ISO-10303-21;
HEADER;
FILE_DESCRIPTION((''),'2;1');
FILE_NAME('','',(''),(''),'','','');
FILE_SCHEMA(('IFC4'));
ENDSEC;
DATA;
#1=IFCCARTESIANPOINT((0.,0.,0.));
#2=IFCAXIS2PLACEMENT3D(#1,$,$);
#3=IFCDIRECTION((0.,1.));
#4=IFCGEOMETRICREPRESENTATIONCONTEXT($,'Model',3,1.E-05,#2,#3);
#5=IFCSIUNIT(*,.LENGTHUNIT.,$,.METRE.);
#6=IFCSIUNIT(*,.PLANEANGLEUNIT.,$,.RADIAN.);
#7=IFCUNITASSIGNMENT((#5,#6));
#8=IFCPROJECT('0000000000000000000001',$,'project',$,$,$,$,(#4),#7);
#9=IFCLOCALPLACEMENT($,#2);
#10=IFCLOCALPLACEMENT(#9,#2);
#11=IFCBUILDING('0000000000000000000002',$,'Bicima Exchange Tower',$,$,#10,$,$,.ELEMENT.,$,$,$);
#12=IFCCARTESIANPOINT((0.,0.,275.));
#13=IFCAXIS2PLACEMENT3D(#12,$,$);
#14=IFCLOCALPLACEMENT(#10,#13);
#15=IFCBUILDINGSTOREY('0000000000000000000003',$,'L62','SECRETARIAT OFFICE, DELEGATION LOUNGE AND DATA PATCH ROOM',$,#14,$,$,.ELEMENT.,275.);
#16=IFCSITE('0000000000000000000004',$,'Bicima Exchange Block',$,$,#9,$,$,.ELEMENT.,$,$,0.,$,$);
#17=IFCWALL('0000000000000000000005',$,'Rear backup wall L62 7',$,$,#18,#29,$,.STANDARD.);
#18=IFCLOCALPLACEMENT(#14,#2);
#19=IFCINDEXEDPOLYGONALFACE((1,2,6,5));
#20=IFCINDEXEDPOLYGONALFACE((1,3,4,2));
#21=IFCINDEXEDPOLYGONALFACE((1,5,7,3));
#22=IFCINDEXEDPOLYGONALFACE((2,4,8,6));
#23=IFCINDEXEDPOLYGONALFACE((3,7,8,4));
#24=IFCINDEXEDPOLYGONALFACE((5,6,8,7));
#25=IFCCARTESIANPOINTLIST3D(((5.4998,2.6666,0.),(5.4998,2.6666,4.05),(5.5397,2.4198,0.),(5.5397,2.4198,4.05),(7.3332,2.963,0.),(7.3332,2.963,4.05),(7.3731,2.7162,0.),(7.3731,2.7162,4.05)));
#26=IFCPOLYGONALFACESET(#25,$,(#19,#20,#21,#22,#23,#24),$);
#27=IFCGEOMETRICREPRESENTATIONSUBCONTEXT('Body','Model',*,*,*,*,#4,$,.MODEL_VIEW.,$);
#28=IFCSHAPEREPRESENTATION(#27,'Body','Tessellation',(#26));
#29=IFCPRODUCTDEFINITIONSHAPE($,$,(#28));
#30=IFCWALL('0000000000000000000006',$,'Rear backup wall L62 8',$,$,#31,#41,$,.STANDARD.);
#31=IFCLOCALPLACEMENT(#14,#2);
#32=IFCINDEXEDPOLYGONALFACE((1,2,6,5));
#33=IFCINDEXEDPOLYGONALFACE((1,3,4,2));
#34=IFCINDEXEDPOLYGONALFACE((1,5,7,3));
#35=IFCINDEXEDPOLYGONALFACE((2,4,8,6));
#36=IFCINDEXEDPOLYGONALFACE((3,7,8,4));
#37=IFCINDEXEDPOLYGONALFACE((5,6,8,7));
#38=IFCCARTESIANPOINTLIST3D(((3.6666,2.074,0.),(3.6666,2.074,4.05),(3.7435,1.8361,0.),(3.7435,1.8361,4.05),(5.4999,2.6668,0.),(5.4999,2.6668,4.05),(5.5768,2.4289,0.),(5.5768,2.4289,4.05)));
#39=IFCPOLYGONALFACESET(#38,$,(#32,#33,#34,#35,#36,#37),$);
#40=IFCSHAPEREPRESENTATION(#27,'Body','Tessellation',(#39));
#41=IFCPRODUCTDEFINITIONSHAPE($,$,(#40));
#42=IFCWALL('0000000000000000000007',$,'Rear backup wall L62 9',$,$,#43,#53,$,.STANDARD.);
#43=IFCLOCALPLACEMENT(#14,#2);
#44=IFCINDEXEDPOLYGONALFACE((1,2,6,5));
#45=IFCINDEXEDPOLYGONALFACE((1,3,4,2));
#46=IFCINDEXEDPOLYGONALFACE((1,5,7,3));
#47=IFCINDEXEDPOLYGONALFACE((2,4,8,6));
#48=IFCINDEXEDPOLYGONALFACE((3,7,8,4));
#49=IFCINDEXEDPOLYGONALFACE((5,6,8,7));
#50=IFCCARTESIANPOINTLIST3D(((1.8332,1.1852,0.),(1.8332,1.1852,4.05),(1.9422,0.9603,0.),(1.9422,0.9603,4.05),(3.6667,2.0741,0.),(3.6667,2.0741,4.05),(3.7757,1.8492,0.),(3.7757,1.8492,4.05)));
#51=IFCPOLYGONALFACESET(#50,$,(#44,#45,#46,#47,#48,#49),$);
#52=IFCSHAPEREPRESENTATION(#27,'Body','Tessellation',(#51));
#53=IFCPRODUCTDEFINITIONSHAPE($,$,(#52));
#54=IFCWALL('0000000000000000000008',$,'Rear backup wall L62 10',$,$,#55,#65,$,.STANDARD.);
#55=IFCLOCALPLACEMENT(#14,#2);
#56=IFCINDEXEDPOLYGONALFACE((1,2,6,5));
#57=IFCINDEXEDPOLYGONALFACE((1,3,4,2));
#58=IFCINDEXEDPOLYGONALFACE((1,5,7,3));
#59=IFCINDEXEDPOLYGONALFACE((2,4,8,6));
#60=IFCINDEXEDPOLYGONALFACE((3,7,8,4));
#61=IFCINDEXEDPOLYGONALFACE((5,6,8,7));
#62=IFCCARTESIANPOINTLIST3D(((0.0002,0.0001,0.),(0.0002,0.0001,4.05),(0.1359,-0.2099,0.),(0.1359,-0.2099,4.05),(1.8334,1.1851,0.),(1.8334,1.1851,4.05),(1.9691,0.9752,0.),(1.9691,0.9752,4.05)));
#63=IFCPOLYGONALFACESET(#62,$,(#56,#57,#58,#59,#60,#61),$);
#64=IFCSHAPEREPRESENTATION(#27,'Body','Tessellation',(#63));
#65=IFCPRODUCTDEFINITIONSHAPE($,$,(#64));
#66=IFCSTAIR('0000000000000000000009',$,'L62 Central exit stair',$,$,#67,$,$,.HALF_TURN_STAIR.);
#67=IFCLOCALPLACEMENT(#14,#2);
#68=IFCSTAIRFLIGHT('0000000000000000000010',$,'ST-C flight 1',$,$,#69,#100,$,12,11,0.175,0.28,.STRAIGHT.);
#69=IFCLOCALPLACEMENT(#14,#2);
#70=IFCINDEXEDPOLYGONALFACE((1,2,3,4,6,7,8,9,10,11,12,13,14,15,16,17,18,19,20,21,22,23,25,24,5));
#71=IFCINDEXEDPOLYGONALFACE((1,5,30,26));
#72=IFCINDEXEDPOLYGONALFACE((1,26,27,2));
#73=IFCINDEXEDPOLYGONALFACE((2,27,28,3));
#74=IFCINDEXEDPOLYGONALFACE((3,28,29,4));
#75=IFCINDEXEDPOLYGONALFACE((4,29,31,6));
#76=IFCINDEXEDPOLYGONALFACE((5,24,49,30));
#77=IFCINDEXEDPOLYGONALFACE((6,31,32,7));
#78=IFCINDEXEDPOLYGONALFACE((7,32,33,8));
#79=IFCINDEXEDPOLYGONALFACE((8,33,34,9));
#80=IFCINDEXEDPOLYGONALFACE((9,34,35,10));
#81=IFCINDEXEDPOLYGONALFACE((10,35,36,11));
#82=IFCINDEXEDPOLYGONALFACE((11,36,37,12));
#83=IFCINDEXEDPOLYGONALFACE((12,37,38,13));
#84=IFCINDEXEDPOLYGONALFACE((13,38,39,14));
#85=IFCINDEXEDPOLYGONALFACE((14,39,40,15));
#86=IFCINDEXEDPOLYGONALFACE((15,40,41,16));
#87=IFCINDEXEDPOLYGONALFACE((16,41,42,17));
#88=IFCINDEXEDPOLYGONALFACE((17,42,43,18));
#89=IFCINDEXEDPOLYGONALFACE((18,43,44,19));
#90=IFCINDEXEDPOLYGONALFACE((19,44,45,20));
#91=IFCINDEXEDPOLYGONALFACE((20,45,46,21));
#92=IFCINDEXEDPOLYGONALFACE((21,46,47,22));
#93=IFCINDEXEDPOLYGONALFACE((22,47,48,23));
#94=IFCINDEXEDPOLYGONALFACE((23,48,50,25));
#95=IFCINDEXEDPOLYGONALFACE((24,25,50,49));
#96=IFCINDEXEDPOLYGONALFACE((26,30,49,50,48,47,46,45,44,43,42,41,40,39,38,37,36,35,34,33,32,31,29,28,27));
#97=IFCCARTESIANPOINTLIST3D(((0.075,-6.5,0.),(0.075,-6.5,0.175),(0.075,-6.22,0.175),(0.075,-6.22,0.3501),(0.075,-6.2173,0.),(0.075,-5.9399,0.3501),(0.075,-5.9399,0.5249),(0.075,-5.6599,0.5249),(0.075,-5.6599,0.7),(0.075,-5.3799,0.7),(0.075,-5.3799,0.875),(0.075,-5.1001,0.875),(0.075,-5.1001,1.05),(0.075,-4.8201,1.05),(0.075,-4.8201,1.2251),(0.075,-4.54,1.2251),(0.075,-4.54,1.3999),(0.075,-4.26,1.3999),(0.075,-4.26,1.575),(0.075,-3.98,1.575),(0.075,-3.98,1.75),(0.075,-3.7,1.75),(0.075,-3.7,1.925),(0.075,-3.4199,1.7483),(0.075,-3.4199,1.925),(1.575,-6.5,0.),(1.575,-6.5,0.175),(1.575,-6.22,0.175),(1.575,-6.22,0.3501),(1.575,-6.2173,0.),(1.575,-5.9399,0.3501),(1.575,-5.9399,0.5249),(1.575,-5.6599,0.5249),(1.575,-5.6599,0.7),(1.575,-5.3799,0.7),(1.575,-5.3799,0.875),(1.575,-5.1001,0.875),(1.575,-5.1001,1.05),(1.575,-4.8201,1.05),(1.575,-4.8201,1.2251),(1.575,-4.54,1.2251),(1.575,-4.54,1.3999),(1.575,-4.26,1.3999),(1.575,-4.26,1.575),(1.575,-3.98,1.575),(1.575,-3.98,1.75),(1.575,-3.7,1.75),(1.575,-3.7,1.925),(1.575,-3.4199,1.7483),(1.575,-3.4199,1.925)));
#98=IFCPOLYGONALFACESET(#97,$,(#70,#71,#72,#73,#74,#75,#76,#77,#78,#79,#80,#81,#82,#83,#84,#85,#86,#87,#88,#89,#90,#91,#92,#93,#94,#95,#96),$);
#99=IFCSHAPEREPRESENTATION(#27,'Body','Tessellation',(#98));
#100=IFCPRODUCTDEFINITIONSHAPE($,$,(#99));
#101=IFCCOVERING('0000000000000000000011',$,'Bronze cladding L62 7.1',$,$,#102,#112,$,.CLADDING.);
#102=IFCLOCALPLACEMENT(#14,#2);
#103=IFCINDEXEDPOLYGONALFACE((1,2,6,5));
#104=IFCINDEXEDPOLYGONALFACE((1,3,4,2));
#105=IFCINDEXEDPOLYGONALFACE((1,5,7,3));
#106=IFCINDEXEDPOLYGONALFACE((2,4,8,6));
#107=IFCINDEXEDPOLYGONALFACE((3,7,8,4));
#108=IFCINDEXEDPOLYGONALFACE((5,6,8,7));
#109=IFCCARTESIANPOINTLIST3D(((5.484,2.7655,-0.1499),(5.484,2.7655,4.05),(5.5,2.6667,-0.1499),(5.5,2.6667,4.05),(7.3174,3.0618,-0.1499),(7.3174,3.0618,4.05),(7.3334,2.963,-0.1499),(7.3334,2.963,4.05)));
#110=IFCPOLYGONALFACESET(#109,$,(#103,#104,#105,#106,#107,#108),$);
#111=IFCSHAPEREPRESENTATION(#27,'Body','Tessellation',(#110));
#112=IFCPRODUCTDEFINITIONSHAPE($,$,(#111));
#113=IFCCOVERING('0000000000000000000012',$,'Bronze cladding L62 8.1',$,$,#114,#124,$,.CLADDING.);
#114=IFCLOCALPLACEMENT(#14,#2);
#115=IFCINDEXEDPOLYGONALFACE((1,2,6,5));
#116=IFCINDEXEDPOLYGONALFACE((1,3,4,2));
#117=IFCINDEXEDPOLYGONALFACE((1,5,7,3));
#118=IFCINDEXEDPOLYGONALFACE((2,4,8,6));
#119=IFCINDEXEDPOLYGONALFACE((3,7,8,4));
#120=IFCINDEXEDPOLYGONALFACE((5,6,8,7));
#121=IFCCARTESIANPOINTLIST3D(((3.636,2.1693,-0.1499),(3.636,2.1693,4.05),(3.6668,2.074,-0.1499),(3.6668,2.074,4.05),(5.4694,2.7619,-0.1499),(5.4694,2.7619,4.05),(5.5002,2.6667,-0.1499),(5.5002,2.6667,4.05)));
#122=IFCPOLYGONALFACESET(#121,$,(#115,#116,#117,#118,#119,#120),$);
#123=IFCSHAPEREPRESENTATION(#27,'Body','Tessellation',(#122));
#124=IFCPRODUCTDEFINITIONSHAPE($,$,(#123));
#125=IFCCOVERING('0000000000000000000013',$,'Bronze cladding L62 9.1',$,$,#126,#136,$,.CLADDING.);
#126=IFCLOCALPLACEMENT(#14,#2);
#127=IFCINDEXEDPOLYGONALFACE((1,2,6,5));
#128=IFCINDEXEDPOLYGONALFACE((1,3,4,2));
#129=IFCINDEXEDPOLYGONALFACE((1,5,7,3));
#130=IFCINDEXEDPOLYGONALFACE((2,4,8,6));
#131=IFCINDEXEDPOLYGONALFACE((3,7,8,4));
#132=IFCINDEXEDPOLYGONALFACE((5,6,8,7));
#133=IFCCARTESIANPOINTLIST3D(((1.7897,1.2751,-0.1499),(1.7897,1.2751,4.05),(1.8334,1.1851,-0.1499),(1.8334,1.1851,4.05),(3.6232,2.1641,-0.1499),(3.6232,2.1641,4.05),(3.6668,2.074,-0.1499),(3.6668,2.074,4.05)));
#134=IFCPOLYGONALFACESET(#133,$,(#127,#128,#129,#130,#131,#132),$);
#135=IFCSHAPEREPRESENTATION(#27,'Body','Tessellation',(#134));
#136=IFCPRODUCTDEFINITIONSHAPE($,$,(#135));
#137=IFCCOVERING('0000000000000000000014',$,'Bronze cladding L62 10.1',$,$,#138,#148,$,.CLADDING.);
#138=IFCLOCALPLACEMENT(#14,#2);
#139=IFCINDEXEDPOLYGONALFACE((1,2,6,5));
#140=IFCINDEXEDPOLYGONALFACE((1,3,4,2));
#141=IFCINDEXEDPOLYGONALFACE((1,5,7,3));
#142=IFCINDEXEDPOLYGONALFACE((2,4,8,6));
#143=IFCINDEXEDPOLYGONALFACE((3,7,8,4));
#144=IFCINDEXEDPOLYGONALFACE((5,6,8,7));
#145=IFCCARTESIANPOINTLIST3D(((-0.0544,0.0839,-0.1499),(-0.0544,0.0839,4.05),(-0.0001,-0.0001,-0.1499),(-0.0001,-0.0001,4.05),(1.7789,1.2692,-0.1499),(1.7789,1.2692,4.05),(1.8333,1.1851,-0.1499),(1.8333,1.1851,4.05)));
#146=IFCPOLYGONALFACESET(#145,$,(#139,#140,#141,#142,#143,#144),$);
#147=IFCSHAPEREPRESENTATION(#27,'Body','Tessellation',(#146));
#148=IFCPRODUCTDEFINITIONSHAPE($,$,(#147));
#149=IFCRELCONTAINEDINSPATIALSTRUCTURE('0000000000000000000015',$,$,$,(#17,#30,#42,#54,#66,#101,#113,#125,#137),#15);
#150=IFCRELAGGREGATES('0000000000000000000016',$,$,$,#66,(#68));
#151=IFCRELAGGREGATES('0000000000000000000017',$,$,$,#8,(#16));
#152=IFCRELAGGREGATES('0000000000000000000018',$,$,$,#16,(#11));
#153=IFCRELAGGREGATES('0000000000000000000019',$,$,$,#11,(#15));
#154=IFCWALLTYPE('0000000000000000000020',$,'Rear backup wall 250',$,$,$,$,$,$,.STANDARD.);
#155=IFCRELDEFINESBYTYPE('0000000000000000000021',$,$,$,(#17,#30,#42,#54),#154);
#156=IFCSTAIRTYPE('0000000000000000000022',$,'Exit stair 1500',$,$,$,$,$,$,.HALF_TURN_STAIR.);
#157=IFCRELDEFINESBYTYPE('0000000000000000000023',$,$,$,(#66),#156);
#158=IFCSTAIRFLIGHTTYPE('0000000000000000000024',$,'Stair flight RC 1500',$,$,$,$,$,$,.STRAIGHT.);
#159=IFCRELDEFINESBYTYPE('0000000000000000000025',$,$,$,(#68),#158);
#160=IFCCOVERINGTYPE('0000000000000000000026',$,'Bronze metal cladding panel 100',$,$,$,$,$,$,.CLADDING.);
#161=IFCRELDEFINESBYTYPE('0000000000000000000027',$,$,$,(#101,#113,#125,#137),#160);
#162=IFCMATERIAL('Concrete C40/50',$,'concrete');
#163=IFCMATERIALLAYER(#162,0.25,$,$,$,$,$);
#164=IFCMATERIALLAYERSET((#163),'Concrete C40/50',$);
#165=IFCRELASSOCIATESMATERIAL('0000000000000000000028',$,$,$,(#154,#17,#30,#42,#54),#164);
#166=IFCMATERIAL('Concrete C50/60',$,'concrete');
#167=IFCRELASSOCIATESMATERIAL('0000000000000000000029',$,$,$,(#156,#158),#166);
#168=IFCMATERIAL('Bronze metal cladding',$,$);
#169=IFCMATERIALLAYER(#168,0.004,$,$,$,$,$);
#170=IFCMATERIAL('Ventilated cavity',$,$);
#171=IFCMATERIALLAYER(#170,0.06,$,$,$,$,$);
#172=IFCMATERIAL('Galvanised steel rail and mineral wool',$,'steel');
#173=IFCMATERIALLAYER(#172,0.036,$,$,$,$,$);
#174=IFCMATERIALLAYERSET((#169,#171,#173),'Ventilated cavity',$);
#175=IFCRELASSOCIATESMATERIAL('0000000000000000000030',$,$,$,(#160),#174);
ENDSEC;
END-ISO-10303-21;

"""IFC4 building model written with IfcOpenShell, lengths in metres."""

from ifc_helpers import new_model, si_unit, direction, frame, frame_2d, origin, origin_2d, place, context, subcontext, project, spatial, polyline, rectangle, outline, extrude, material, layer, layer_set, layer_usage, type_object, element, aggregate, save


model = new_model("IFC4")

# Units and contexts
model_context = context("Model", 3, precision=1e-05, world=origin(), true_north=direction((0.0, 1.0)))
body_context = subcontext(model_context, "Body", "Model", "MODEL_VIEW")
ifc_project = project(units=[si_unit("LENGTHUNIT", "METRE"), si_unit("PLANEANGLEUNIT", "RADIAN")], contexts=[model_context])

# Site, building, storey
site_placement = place(None, origin())
site = spatial("IfcSite", under=ifc_project, at=site_placement, Name="Bicima Exchange Block", CompositionType="ELEMENT", RefElevation=0.0)
building_placement = place(site_placement, origin())
building = spatial("IfcBuilding", under=site, at=building_placement, Name="Bicima Exchange Tower", CompositionType="ELEMENT")
storey_placement = place(building_placement, frame((0.0, 0.0, 275.0)))
storey = spatial("IfcBuildingStorey", under=building, at=storey_placement, Name="L62", Description="SECRETARIAT OFFICE, DELEGATION LOUNGE AND DATA PATCH ROOM", CompositionType="ELEMENT", Elevation=275.0)

# Shared definitions
ifc_material_1 = material(Name="Concrete C50/60", Category="concrete")

# Shared definitions
ifc_material_2 = material(Name="Concrete C40/50", Category="concrete")

# Walls
ifc_layer_1 = layer(ifc_material_2, 0.25)
ifc_layer_set_1 = layer_set([ifc_layer_1], Name="Concrete C40/50")
ifc_layer_usage = layer_usage(ifc_layer_set_1, "AXIS2", "POSITIVE", -0.125)
wall_type_1 = type_object("IfcWallType", Name="Rear backup wall 250", PredefinedType="STANDARD", material=ifc_layer_set_1)
wall_1_placement = place(storey_placement, frame((7.3533, 2.8396, 0.0), z_axis=(0.0, 0.0, 1.0), x_axis=(-0.987182, -0.1596, 0.0)))
element("IfcWall", 1, at=wall_1_placement, inside=storey, type_object=wall_type_1, material=ifc_layer_usage, Name="Rear backup wall L62 7", PredefinedType="STANDARD", context=body_context, shape_type="SweptSolid", body=[
    extrude(rectangle(XDim=1.8572, YDim=0.25, at=frame_2d((0.9287, 0.0))), origin(), (0.0, 0.0, 1.0), 4.05),
])
wall_2_placement = place(storey_placement, frame((5.5383, 2.5479, 0.0), z_axis=(0.0, 0.0, 1.0), x_axis=(-0.951496, -0.307662, 0.0)))
element("IfcWall", 2, at=wall_2_placement, inside=storey, type_object=wall_type_1, material=ifc_layer_usage, Name="Rear backup wall L62 8", PredefinedType="STANDARD", context=body_context, shape_type="SweptSolid", body=[
    extrude(rectangle(XDim=1.9268, YDim=0.25, at=frame_2d((0.9634, 0.0))), origin(), (0.0, 0.0, 1.0), 4.05),
])
wall_3_placement = place(storey_placement, frame((3.7212, 1.9617, 0.0), z_axis=(0.0, 0.0, 1.0), x_axis=(-0.899824, -0.436253, 0.0)))
element("IfcWall", 3, at=wall_3_placement, inside=storey, type_object=wall_type_1, material=ifc_layer_usage, Name="Rear backup wall L62 9", PredefinedType="STANDARD", context=body_context, shape_type="SweptSolid", body=[
    extrude(rectangle(XDim=2.0376, YDim=0.25, at=frame_2d((1.0188, 0.0))), origin(), (0.0, 0.0, 1.0), 4.05),
])
wall_4_placement = place(storey_placement, frame((1.9011, 1.0801, 0.0), z_axis=(0.0, 0.0, 1.0), x_axis=(-0.839813, -0.542876, 0.0)))
element("IfcWall", 4, at=wall_4_placement, inside=storey, type_object=wall_type_1, material=ifc_layer_usage, Name="Rear backup wall L62 10", PredefinedType="STANDARD", context=body_context, shape_type="SweptSolid", body=[
    extrude(rectangle(XDim=2.1829, YDim=0.25, at=frame_2d((1.0913, 0.0))), origin(), (0.0, 0.0, 1.0), 4.05),
])

# Stair, stair flight
stair_type_1 = type_object("IfcStairType", Name="Exit stair 1500", PredefinedType="HALF_TURN_STAIR", material=ifc_material_1)
stair_1_placement = place(storey_placement, origin())
stair_1 = element("IfcStair", 5, at=stair_1_placement, inside=storey, type_object=stair_type_1, Name="L62 Central exit stair", PredefinedType="HALF_TURN_STAIR")
stair_flight_type = type_object("IfcStairFlightType", Name="Stair flight RC 1500", PredefinedType="STRAIGHT", material=ifc_material_1)
stair_flight_placement = place(storey_placement, frame((0.825, -6.5, 0.0), z_axis=(0.0, 0.0, 1.0), x_axis=(0.0, 1.0, 0.0)))
stair_flight = element("IfcStairFlight", 6, at=stair_flight_placement, type_object=stair_flight_type, Name="ST-C flight 1", NumberOfRisers=12, NumberOfTreads=11, PredefinedType="STRAIGHT", RiserHeight=0.175, TreadLength=0.28, context=body_context, shape_type="SweptSolid", body=[
    extrude(outline(polyline([(0.0, 0.0), (0.0, 0.175), (0.28, 0.175), (0.28, 0.3501), (0.5601, 0.3501), (0.5601, 0.5249), (0.8401, 0.5249), (0.8401, 0.7), (1.1201, 0.7), (1.1201, 0.875), (1.3999, 0.875), (1.3999, 1.05), (1.6799, 1.05), (1.6799, 1.2251), (1.96, 1.2251), (1.96, 1.3999), (2.24, 1.3999), (2.24, 1.575), (2.52, 1.575), (2.52, 1.75), (2.8, 1.75), (2.8, 1.925), (3.0801, 1.925), (3.0801, 2.1001), (3.0801, 1.7483), (0.2827, 0.0), (0.0, 0.0)])), frame((0.0, 0.75, 0.0), z_axis=(0.0, -1.0, 0.0), x_axis=(1.0, 0.0, 0.0)), (0.0, 0.0, 1.0), 1.5),
])
aggregate(stair_1, [stair_flight])

# Coverings
ifc_material_3 = material(Name="Bronze metal cladding")
ifc_layer_2 = layer(ifc_material_3, 0.004)
ifc_material_4 = material(Name="Ventilated cavity")
ifc_layer_3 = layer(ifc_material_4, 0.06)
ifc_material_5 = material(Name="Galvanised steel rail and mineral wool", Category="steel")
ifc_layer_4 = layer(ifc_material_5, 0.036)
ifc_layer_set_2 = layer_set([ifc_layer_2, ifc_layer_3, ifc_layer_4], Name="Ventilated cavity")
covering_type = type_object("IfcCoveringType", Name="Bronze metal cladding panel 100", PredefinedType="CLADDING", material=ifc_layer_set_2)
covering_1_placement = place(storey_placement, frame((6.4087, 2.8643, -0.1499), z_axis=(0.0, 0.0, 1.0), x_axis=(-0.98719, -0.15955, 0.0)))
element("IfcCovering", 7, at=covering_1_placement, inside=storey, type_object=covering_type, Name="Bronze cladding L62 7.1", PredefinedType="CLADDING", context=body_context, shape_type="SweptSolid", body=[
    extrude(rectangle(XDim=1.8572, YDim=0.1001, at=origin_2d()), origin(), (0.0, 0.0, 1.0), 4.2),
])
covering_2_placement = place(storey_placement, frame((4.5681, 2.418, -0.1499), z_axis=(0.0, 0.0, 1.0), x_axis=(-0.951525, -0.307573, 0.0)))
element("IfcCovering", 8, at=covering_2_placement, inside=storey, type_object=covering_type, Name="Bronze cladding L62 8.1", PredefinedType="CLADDING", context=body_context, shape_type="SweptSolid", body=[
    extrude(rectangle(XDim=1.9268, YDim=0.1001, at=origin_2d()), origin(), (0.0, 0.0, 1.0), 4.2),
])
covering_3_placement = place(storey_placement, frame((2.7283, 1.6746, -0.1499), z_axis=(0.0, 0.0, 1.0), x_axis=(-0.899818, -0.436265, 0.0)))
element("IfcCovering", 9, at=covering_3_placement, inside=storey, type_object=covering_type, Name="Bronze cladding L62 9.1", PredefinedType="CLADDING", context=body_context, shape_type="SweptSolid", body=[
    extrude(rectangle(XDim=2.0376, YDim=0.1001, at=origin_2d()), origin(), (0.0, 0.0, 1.0), 4.2),
])
covering_4_placement = place(storey_placement, frame((0.8894, 0.6345, -0.1499), z_axis=(0.0, 0.0, 1.0), x_axis=(-0.83979, -0.542911, 0.0)))
element("IfcCovering", 10, at=covering_4_placement, inside=storey, type_object=covering_type, Name="Bronze cladding L62 10.1", PredefinedType="CLADDING", context=body_context, shape_type="SweptSolid", body=[
    extrude(rectangle(XDim=2.1831, YDim=0.1001, at=origin_2d()), origin(), (0.0, 0.0, 1.0), 4.2),
])

save(model, "model.ifc")
